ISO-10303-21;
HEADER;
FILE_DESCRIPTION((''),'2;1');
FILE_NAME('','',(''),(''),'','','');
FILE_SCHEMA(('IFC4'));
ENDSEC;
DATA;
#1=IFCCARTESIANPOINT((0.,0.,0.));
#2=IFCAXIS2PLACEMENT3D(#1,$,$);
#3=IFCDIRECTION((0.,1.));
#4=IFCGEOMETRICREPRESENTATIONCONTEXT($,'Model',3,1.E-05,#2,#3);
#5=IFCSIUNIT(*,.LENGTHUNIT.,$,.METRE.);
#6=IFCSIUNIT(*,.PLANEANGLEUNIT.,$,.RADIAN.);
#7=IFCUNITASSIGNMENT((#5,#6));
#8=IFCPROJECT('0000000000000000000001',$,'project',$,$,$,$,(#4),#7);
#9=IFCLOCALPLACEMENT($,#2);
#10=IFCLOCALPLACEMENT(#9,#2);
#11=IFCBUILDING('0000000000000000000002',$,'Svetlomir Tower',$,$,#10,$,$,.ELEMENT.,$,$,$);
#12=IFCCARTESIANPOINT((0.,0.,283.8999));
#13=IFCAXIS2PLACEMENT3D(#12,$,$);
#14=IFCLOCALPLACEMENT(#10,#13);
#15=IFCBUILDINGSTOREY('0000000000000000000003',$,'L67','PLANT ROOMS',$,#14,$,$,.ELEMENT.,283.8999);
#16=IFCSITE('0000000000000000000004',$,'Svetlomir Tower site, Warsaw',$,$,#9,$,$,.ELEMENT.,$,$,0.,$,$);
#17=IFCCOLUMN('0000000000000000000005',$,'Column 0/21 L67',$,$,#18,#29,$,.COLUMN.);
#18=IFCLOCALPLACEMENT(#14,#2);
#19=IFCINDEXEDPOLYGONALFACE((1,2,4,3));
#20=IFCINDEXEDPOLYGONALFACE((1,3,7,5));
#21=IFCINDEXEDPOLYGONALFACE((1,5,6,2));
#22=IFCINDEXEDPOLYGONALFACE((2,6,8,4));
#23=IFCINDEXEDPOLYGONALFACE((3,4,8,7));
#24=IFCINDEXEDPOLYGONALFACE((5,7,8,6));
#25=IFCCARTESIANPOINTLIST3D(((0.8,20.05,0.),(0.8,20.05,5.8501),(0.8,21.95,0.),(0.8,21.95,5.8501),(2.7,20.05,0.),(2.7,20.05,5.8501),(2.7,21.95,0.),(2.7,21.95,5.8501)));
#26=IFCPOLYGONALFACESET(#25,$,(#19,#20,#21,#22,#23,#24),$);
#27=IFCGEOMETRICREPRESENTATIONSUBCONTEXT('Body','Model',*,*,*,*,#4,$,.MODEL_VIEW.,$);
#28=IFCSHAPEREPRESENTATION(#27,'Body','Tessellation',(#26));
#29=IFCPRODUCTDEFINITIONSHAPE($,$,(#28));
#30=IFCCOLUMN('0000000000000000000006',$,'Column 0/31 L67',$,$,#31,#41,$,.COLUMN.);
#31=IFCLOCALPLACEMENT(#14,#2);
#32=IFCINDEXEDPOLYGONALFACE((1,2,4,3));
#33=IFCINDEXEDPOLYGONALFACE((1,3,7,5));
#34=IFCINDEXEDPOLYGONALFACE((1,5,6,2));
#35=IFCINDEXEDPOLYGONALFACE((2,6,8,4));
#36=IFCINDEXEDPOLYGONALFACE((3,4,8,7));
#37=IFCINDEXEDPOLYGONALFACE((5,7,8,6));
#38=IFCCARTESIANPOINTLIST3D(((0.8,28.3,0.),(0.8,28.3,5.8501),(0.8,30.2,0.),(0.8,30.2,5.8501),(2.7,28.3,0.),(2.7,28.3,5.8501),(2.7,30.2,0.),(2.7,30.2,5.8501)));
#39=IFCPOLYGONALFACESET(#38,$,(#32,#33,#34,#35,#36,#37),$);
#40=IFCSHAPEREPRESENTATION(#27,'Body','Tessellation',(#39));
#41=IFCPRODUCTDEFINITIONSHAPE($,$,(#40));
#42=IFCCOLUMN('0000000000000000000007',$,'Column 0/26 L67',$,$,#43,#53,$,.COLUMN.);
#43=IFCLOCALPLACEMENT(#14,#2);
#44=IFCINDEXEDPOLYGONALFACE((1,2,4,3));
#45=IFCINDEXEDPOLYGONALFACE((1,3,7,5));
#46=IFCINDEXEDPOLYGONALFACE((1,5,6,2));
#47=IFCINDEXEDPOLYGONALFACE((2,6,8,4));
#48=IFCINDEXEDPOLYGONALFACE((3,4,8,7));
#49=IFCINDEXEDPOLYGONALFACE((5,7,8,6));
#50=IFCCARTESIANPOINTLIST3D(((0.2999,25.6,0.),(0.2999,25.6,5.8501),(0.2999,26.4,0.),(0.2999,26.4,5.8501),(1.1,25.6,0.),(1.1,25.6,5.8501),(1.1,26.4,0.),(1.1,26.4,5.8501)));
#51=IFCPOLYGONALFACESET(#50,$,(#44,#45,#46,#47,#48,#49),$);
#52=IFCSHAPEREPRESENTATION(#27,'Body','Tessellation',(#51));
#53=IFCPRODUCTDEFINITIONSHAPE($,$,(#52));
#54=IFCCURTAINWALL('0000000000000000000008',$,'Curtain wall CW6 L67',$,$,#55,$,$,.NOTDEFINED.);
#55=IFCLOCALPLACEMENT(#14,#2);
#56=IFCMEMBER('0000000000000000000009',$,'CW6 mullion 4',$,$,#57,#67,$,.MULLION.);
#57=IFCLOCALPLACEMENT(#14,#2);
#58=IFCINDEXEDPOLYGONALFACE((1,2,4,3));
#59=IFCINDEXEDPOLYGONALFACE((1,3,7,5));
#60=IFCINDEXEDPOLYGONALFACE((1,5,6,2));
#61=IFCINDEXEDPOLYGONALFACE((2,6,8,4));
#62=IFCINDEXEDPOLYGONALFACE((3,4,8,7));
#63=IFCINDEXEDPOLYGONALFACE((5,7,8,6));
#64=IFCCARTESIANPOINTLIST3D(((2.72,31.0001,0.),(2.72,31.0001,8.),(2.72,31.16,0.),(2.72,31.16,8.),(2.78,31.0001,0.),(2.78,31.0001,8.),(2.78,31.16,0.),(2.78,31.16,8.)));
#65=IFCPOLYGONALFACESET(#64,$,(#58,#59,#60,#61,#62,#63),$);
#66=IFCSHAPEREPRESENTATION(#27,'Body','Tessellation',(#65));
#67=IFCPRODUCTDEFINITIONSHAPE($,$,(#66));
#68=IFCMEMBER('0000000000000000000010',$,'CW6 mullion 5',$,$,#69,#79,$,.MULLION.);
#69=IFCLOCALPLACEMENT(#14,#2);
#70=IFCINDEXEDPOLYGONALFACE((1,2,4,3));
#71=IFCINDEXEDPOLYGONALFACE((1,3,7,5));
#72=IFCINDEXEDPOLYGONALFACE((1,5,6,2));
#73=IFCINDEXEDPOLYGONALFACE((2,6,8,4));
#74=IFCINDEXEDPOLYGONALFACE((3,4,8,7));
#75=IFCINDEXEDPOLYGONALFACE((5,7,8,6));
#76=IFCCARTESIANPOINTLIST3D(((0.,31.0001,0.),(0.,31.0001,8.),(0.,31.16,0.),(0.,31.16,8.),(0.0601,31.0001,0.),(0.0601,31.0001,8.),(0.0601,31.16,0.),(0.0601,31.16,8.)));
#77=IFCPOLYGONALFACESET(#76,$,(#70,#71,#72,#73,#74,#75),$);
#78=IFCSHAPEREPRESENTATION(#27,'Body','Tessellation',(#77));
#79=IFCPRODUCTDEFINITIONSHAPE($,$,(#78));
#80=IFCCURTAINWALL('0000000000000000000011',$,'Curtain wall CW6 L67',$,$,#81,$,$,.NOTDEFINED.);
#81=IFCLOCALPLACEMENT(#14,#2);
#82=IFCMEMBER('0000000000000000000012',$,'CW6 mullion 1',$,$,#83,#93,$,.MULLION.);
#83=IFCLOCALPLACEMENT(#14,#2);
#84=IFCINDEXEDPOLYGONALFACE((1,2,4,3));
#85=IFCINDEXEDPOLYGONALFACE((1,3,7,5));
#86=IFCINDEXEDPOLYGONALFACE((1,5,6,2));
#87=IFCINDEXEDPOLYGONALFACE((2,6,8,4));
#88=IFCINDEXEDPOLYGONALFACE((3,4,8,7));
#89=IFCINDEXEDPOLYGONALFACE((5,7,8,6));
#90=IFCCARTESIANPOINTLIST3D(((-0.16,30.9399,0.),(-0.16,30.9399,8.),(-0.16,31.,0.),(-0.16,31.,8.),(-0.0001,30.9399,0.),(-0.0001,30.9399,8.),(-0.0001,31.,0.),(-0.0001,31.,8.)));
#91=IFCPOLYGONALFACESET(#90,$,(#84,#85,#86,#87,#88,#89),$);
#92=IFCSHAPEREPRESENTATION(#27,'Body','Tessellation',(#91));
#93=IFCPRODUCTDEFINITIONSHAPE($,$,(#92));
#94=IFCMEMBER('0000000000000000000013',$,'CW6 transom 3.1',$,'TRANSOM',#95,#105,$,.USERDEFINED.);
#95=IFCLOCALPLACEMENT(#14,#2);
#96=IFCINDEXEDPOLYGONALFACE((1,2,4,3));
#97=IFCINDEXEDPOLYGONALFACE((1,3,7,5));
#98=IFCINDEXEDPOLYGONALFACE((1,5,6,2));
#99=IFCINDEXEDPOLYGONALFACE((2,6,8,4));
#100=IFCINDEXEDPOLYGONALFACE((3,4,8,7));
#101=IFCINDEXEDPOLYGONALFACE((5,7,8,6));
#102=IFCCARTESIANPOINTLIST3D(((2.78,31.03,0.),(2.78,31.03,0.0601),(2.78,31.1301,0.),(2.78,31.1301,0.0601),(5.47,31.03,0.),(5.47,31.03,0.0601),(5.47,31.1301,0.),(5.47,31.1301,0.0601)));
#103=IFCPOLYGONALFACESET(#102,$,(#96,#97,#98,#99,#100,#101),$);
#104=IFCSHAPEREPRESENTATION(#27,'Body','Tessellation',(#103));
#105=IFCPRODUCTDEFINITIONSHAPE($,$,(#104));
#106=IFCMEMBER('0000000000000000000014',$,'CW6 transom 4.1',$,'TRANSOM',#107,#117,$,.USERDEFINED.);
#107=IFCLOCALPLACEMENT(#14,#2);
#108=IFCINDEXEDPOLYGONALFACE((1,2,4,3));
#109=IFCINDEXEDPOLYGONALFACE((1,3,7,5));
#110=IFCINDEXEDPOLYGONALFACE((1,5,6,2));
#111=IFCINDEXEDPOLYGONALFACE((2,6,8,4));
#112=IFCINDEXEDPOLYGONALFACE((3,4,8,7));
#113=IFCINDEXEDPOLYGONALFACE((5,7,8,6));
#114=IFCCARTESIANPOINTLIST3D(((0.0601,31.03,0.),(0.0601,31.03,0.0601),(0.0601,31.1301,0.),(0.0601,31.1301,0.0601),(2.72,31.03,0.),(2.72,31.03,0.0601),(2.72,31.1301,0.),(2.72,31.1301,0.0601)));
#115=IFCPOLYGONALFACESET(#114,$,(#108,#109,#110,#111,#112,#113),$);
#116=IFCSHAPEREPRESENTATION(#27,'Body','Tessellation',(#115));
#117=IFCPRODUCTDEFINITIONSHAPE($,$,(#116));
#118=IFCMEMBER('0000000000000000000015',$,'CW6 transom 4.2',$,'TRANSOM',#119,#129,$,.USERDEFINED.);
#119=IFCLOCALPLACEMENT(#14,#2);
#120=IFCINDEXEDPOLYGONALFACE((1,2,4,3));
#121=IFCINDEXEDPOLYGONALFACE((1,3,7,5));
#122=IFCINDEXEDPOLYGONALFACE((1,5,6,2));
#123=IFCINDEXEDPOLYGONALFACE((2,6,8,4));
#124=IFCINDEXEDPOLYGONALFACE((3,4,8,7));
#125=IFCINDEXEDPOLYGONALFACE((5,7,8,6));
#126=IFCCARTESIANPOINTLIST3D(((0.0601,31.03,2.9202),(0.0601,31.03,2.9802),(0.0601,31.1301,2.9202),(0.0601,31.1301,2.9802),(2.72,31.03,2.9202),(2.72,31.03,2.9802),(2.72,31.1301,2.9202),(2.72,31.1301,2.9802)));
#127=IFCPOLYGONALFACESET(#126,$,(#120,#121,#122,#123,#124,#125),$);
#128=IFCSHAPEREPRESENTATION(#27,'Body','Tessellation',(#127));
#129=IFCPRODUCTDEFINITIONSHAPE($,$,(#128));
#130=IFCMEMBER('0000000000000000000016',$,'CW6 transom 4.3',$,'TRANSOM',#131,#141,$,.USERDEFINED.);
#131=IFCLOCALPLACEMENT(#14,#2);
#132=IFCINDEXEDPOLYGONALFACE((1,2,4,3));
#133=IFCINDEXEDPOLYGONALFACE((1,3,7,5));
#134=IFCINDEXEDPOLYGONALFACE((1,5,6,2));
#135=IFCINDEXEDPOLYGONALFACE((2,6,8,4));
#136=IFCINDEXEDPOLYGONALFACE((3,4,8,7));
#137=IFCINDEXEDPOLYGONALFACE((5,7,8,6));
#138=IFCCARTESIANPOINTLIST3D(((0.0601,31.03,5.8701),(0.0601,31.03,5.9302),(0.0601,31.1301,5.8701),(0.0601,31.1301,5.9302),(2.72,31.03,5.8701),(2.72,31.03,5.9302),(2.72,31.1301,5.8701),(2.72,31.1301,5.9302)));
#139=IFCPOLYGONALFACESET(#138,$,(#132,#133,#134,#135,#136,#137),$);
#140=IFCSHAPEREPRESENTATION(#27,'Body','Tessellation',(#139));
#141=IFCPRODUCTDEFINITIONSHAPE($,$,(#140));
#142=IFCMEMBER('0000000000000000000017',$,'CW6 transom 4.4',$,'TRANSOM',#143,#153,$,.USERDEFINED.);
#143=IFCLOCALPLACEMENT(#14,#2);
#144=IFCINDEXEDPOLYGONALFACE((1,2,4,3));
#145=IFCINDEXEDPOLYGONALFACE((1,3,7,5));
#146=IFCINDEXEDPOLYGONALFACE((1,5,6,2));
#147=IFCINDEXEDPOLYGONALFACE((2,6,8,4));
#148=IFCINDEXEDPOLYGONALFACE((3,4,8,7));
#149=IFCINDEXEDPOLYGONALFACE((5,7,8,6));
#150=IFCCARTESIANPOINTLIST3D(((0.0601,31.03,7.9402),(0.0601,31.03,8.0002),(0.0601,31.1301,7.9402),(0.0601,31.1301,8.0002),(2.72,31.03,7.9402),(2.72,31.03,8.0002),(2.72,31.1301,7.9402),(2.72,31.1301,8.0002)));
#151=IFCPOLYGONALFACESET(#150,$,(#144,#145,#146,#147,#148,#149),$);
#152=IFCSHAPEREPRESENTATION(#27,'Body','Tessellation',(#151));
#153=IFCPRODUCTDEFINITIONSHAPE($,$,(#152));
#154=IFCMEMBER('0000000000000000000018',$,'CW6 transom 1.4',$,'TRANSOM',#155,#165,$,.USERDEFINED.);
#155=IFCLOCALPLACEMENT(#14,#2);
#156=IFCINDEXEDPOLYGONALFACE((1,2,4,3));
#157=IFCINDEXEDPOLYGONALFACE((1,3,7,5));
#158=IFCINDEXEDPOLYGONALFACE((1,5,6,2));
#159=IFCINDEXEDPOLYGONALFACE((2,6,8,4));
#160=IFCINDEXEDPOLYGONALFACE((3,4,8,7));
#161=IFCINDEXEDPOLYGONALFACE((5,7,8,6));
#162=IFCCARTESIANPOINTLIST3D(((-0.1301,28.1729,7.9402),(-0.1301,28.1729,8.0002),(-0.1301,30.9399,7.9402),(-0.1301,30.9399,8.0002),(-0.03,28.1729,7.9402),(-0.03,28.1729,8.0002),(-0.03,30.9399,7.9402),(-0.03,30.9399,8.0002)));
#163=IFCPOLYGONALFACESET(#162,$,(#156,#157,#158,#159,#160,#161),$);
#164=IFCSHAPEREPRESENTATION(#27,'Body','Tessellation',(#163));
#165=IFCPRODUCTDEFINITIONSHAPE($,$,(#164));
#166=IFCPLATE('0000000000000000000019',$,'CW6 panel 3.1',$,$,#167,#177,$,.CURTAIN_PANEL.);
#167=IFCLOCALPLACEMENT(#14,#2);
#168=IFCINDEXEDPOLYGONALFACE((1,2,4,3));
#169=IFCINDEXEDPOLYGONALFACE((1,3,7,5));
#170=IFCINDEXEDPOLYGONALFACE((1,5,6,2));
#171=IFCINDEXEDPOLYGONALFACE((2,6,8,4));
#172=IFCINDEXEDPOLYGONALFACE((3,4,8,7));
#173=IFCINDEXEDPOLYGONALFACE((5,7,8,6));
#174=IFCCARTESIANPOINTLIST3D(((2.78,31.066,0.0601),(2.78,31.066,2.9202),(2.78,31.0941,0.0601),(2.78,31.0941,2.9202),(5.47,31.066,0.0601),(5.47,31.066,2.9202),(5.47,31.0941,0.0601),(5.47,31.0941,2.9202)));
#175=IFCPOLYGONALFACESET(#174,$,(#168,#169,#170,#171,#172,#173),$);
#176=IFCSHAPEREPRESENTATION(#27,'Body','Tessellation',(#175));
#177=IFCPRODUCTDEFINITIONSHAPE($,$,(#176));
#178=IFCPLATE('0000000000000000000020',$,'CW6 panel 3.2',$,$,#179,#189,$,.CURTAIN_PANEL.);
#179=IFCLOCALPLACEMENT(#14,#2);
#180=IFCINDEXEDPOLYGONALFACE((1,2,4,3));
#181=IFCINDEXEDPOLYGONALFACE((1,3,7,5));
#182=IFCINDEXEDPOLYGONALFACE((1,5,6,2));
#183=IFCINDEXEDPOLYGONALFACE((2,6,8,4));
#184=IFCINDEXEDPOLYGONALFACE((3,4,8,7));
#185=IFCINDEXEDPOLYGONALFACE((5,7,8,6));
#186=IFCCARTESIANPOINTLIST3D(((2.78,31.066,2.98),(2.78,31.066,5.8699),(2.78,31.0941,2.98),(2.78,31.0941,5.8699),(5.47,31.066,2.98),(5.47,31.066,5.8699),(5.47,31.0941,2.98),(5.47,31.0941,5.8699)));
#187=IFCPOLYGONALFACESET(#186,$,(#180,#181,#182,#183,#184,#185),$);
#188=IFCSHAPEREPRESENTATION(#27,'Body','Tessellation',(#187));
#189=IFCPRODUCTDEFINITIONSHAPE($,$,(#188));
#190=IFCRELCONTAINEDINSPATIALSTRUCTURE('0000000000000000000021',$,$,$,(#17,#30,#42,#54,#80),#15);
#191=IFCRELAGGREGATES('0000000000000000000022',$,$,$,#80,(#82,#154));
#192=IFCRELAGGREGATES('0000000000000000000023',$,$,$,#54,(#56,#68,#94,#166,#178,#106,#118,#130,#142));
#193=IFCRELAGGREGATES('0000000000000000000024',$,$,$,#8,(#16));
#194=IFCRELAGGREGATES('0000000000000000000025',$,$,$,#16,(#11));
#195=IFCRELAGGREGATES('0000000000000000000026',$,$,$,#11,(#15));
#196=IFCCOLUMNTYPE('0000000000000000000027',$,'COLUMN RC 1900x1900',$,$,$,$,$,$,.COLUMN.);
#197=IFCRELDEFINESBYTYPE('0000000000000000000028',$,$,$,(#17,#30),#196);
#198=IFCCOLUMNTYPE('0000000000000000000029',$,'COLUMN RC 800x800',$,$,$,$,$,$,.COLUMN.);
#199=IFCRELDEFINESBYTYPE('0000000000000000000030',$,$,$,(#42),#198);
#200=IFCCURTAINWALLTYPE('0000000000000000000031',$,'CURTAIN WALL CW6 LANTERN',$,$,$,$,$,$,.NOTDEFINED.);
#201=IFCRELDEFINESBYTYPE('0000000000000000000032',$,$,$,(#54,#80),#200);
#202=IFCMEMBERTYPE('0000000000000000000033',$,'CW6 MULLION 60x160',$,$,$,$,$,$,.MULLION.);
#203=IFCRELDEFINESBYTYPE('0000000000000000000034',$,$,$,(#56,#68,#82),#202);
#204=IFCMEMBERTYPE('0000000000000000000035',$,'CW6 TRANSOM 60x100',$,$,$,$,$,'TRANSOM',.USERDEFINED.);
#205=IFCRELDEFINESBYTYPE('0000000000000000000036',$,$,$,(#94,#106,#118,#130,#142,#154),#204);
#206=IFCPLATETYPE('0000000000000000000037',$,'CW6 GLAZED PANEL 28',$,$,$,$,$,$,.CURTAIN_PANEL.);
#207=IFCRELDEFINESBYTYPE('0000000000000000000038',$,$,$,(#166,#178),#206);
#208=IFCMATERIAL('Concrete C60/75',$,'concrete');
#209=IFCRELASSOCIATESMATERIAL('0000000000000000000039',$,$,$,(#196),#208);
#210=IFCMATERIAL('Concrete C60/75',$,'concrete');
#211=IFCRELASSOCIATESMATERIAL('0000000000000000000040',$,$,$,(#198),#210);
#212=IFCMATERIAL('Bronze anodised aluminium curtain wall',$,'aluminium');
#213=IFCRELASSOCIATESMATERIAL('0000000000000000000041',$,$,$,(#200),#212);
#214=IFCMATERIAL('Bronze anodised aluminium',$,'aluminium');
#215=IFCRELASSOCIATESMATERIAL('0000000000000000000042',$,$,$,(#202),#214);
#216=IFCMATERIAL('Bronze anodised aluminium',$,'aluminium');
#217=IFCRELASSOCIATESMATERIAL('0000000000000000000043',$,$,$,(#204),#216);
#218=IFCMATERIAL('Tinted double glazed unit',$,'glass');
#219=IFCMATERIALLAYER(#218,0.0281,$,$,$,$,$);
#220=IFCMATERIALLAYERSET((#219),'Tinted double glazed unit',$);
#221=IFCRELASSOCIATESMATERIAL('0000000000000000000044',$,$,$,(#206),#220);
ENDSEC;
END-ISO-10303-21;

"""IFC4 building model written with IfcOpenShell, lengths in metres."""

from ifc_helpers import new_model, si_unit, direction, frame, origin, origin_2d, place, context, subcontext, project, spatial, rectangle, extrude, material, layer, layer_set, material_profile, profile_set, type_object, element, aggregate, save


model = new_model("IFC4")

# Units and contexts
model_context = context("Model", 3, precision=1e-05, world=origin(), true_north=direction((0.0, 1.0)))
body_context = subcontext(model_context, "Body", "Model", "MODEL_VIEW")
ifc_project = project(units=[si_unit("LENGTHUNIT", "METRE"), si_unit("PLANEANGLEUNIT", "RADIAN")], contexts=[model_context])

# Site, building, storey
site_placement = place(None, origin())
site = spatial("IfcSite", under=ifc_project, at=site_placement, Name="Svetlomir Tower site, Warsaw", CompositionType="ELEMENT", RefElevation=0.0)
building_placement = place(site_placement, origin())
building = spatial("IfcBuilding", under=site, at=building_placement, Name="Svetlomir Tower", CompositionType="ELEMENT")
storey_placement = place(building_placement, frame((0.0, 0.0, 283.8999)))
storey = spatial("IfcBuildingStorey", under=building, at=storey_placement, Name="L67", Description="PLANT ROOMS", CompositionType="ELEMENT", Elevation=283.8999)

# Columns
ifc_material_1 = material(Name="Concrete C60/75", Category="concrete")
ifc_material_profile_1 = material_profile(ifc_material_1, rectangle(XDim=1.8999, YDim=1.8999, at=origin_2d()), Name="RC 1900x1900")
ifc_profile_set_1 = profile_set([ifc_material_profile_1], Name="Concrete C60/75")
column_type_1 = type_object("IfcColumnType", Name="COLUMN RC 1900x1900", PredefinedType="COLUMN", material=ifc_profile_set_1)
for number, where, z_axis, x_axis, name in (
    (1, (1.75, 21.0, 0.0), (0.0, 0.0, 1.0), (1.0, 0.0, 0.0), "Column 0/21 L67"),
    (2, (1.75, 29.25, 0.0), (0.0, 0.0, 1.0), (1.0, 0.0, 0.0), "Column 0/31 L67"),
):
    element("IfcColumn", number, at=place(storey_placement, frame(where, z_axis=z_axis, x_axis=x_axis)), inside=storey, type_object=column_type_1, Name=name, PredefinedType="COLUMN", context=body_context, shape_type="SweptSolid", body=[
        extrude(rectangle(XDim=1.8999, YDim=1.8999, at=origin_2d()), origin(), (0.0, 0.0, 1.0), 5.8501),
    ])
ifc_material_2 = material(Name="Concrete C60/75", Category="concrete")
ifc_material_profile_2 = material_profile(ifc_material_2, rectangle(XDim=0.8, YDim=0.8, at=origin_2d()), Name="RC 800x800")
ifc_profile_set_2 = profile_set([ifc_material_profile_2], Name="Concrete C60/75")
column_type_2 = type_object("IfcColumnType", Name="COLUMN RC 800x800", PredefinedType="COLUMN", material=ifc_profile_set_2)
column_placement = place(storey_placement, frame((0.7, 26.0, 0.0), z_axis=(0.0, 0.0, 1.0), x_axis=(1.0, 0.0, 0.0)))
element("IfcColumn", 3, at=column_placement, inside=storey, type_object=column_type_2, Name="Column 0/26 L67", PredefinedType="COLUMN", context=body_context, shape_type="SweptSolid", body=[
    extrude(rectangle(XDim=0.8, YDim=0.8, at=origin_2d()), origin(), (0.0, 0.0, 1.0), 5.8501),
])

# Curtain wall, members
ifc_material_3 = material(Name="Bronze anodised aluminium curtain wall", Category="aluminium")
curtain_wall_type = type_object("IfcCurtainWallType", Name="CURTAIN WALL CW6 LANTERN", PredefinedType="NOTDEFINED", material=ifc_material_3)
curtain_wall_1_placement = place(storey_placement, origin())
curtain_wall_1 = element("IfcCurtainWall", 4, at=curtain_wall_1_placement, inside=storey, type_object=curtain_wall_type, Name="Curtain wall CW6 L67", PredefinedType="NOTDEFINED")
ifc_material_4 = material(Name="Bronze anodised aluminium", Category="aluminium")
ifc_material_profile_3 = material_profile(ifc_material_4, rectangle(XDim=0.0601, YDim=0.1599, at=origin_2d()), Name="AL 60x160")
ifc_profile_set_3 = profile_set([ifc_material_profile_3], Name="Bronze anodised aluminium 6063-T6")
member_type_1 = type_object("IfcMemberType", Name="CW6 MULLION 60x160", PredefinedType="MULLION", material=ifc_profile_set_3)
member_1_placement = place(storey_placement, frame((2.75, 31.0801, 0.0), z_axis=(0.0, 0.0, 1.0), x_axis=(-1.0, 0.0, 0.0)))
member_1 = element("IfcMember", 5, at=member_1_placement, type_object=member_type_1, Name="CW6 mullion 4", PredefinedType="MULLION", context=body_context, shape_type="SweptSolid", body=[
    extrude(rectangle(XDim=0.0601, YDim=0.1599, at=origin_2d()), origin(), (0.0, 0.0, 1.0), 8.0),
])
member_2_placement = place(storey_placement, frame((0.03, 31.0801, 0.0), z_axis=(0.0, 0.0, 1.0), x_axis=(-1.0, 0.0, 0.0)))
member_2 = element("IfcMember", 6, at=member_2_placement, type_object=member_type_1, Name="CW6 mullion 5", PredefinedType="MULLION", context=body_context, shape_type="SweptSolid", body=[
    extrude(rectangle(XDim=0.0601, YDim=0.1599, at=origin_2d()), origin(), (0.0, 0.0, 1.0), 8.0),
])

# Curtain wall, member
curtain_wall_2_placement = place(storey_placement, origin())
curtain_wall_2 = element("IfcCurtainWall", 7, at=curtain_wall_2_placement, inside=storey, type_object=curtain_wall_type, Name="Curtain wall CW6 L67", PredefinedType="NOTDEFINED")
member_3_placement = place(storey_placement, frame((-0.0801, 30.97, 0.0), z_axis=(0.0, 0.0, 1.0), x_axis=(0.0, -1.0, 0.0)))
member_3 = element("IfcMember", 8, at=member_3_placement, type_object=member_type_1, Name="CW6 mullion 1", PredefinedType="MULLION", context=body_context, shape_type="SweptSolid", body=[
    extrude(rectangle(XDim=0.0601, YDim=0.1599, at=origin_2d()), origin(), (0.0, 0.0, 1.0), 8.0),
])

# Members
ifc_material_5 = material(Name="Bronze anodised aluminium", Category="aluminium")
ifc_material_profile_4 = material_profile(ifc_material_5, rectangle(XDim=0.1001, YDim=0.0601, at=origin_2d()), Name="AL 100x60")
ifc_profile_set_4 = profile_set([ifc_material_profile_4], Name="Bronze anodised aluminium 6063-T6")
member_type_2 = type_object("IfcMemberType", Name="CW6 TRANSOM 60x100", ElementType="TRANSOM", PredefinedType="USERDEFINED", material=ifc_profile_set_4)
member_4_placement = place(storey_placement, frame((5.47, 31.0801, 0.03), z_axis=(-1.0, 0.0, 0.0), x_axis=(0.0, -1.0, 0.0)))
member_4 = element("IfcMember", 9, at=member_4_placement, type_object=member_type_2, Name="CW6 transom 3.1", ObjectType="TRANSOM", PredefinedType="USERDEFINED", context=body_context, shape_type="SweptSolid", body=[
    extrude(rectangle(XDim=0.1001, YDim=0.0601, at=origin_2d()), origin(), (0.0, 0.0, 1.0), 2.6899),
])
member_5_placement = place(storey_placement, frame((2.72, 31.0801, 0.03), z_axis=(-1.0, 0.0, 0.0), x_axis=(0.0, -1.0, 0.0)))
member_5 = element("IfcMember", 10, at=member_5_placement, type_object=member_type_2, Name="CW6 transom 4.1", ObjectType="TRANSOM", PredefinedType="USERDEFINED", context=body_context, shape_type="SweptSolid", body=[
    extrude(rectangle(XDim=0.1001, YDim=0.0601, at=origin_2d()), origin(), (0.0, 0.0, 1.0), 2.6599),
])
member_6_placement = place(storey_placement, frame((2.72, 31.0801, 2.9502), z_axis=(-1.0, 0.0, 0.0), x_axis=(0.0, -1.0, 0.0)))
member_6 = element("IfcMember", 11, at=member_6_placement, type_object=member_type_2, Name="CW6 transom 4.2", ObjectType="TRANSOM", PredefinedType="USERDEFINED", context=body_context, shape_type="SweptSolid", body=[
    extrude(rectangle(XDim=0.1001, YDim=0.0601, at=origin_2d()), origin(), (0.0, 0.0, 1.0), 2.6599),
])
member_7_placement = place(storey_placement, frame((2.72, 31.0801, 5.9001), z_axis=(-1.0, 0.0, 0.0), x_axis=(0.0, -1.0, 0.0)))
member_7 = element("IfcMember", 12, at=member_7_placement, type_object=member_type_2, Name="CW6 transom 4.3", ObjectType="TRANSOM", PredefinedType="USERDEFINED", context=body_context, shape_type="SweptSolid", body=[
    extrude(rectangle(XDim=0.1001, YDim=0.0601, at=origin_2d()), origin(), (0.0, 0.0, 1.0), 2.6599),
])
member_8_placement = place(storey_placement, frame((2.72, 31.0801, 7.9702), z_axis=(-1.0, 0.0, 0.0), x_axis=(0.0, -1.0, 0.0)))
member_8 = element("IfcMember", 13, at=member_8_placement, type_object=member_type_2, Name="CW6 transom 4.4", ObjectType="TRANSOM", PredefinedType="USERDEFINED", context=body_context, shape_type="SweptSolid", body=[
    extrude(rectangle(XDim=0.1001, YDim=0.0601, at=origin_2d()), origin(), (0.0, 0.0, 1.0), 2.6599),
])
member_9_placement = place(storey_placement, frame((-0.0801, 30.9399, 7.9702), z_axis=(0.0, -1.0, 0.0), x_axis=(1.0, 0.0, 0.0)))
member_9 = element("IfcMember", 14, at=member_9_placement, type_object=member_type_2, Name="CW6 transom 1.4", ObjectType="TRANSOM", PredefinedType="USERDEFINED", context=body_context, shape_type="SweptSolid", body=[
    extrude(rectangle(XDim=0.1001, YDim=0.0601, at=origin_2d()), origin(), (0.0, 0.0, 1.0), 2.7671),
])
aggregate(curtain_wall_2, [member_3, member_9])

# Plates
ifc_material_6 = material(Name="Tinted double glazed unit", Category="glass")
ifc_layer = layer(ifc_material_6, 0.0281)
ifc_layer_set = layer_set([ifc_layer], Name="Tinted double glazed unit")
plate_type = type_object("IfcPlateType", Name="CW6 GLAZED PANEL 28", PredefinedType="CURTAIN_PANEL", material=ifc_layer_set)
plate_1_placement = place(storey_placement, frame((4.125, 31.0801, 0.0601), z_axis=(0.0, 0.0, 1.0), x_axis=(-1.0, 0.0, 0.0)))
plate_1 = element("IfcPlate", 15, at=plate_1_placement, type_object=plate_type, Name="CW6 panel 3.1", PredefinedType="CURTAIN_PANEL", context=body_context, shape_type="SweptSolid", body=[
    extrude(rectangle(XDim=2.6899, YDim=0.0281, at=origin_2d()), origin(), (0.0, 0.0, 1.0), 2.8601),
])
plate_2_placement = place(storey_placement, frame((4.125, 31.0801, 2.98), z_axis=(0.0, 0.0, 1.0), x_axis=(-1.0, 0.0, 0.0)))
plate_2 = element("IfcPlate", 16, at=plate_2_placement, type_object=plate_type, Name="CW6 panel 3.2", PredefinedType="CURTAIN_PANEL", context=body_context, shape_type="SweptSolid", body=[
    extrude(rectangle(XDim=2.6899, YDim=0.0281, at=origin_2d()), origin(), (0.0, 0.0, 1.0), 2.8899),
])
aggregate(curtain_wall_1, [member_1, member_2, member_4, plate_1, plate_2, member_5, member_6, member_7, member_8])

save(model, "model.ifc")
